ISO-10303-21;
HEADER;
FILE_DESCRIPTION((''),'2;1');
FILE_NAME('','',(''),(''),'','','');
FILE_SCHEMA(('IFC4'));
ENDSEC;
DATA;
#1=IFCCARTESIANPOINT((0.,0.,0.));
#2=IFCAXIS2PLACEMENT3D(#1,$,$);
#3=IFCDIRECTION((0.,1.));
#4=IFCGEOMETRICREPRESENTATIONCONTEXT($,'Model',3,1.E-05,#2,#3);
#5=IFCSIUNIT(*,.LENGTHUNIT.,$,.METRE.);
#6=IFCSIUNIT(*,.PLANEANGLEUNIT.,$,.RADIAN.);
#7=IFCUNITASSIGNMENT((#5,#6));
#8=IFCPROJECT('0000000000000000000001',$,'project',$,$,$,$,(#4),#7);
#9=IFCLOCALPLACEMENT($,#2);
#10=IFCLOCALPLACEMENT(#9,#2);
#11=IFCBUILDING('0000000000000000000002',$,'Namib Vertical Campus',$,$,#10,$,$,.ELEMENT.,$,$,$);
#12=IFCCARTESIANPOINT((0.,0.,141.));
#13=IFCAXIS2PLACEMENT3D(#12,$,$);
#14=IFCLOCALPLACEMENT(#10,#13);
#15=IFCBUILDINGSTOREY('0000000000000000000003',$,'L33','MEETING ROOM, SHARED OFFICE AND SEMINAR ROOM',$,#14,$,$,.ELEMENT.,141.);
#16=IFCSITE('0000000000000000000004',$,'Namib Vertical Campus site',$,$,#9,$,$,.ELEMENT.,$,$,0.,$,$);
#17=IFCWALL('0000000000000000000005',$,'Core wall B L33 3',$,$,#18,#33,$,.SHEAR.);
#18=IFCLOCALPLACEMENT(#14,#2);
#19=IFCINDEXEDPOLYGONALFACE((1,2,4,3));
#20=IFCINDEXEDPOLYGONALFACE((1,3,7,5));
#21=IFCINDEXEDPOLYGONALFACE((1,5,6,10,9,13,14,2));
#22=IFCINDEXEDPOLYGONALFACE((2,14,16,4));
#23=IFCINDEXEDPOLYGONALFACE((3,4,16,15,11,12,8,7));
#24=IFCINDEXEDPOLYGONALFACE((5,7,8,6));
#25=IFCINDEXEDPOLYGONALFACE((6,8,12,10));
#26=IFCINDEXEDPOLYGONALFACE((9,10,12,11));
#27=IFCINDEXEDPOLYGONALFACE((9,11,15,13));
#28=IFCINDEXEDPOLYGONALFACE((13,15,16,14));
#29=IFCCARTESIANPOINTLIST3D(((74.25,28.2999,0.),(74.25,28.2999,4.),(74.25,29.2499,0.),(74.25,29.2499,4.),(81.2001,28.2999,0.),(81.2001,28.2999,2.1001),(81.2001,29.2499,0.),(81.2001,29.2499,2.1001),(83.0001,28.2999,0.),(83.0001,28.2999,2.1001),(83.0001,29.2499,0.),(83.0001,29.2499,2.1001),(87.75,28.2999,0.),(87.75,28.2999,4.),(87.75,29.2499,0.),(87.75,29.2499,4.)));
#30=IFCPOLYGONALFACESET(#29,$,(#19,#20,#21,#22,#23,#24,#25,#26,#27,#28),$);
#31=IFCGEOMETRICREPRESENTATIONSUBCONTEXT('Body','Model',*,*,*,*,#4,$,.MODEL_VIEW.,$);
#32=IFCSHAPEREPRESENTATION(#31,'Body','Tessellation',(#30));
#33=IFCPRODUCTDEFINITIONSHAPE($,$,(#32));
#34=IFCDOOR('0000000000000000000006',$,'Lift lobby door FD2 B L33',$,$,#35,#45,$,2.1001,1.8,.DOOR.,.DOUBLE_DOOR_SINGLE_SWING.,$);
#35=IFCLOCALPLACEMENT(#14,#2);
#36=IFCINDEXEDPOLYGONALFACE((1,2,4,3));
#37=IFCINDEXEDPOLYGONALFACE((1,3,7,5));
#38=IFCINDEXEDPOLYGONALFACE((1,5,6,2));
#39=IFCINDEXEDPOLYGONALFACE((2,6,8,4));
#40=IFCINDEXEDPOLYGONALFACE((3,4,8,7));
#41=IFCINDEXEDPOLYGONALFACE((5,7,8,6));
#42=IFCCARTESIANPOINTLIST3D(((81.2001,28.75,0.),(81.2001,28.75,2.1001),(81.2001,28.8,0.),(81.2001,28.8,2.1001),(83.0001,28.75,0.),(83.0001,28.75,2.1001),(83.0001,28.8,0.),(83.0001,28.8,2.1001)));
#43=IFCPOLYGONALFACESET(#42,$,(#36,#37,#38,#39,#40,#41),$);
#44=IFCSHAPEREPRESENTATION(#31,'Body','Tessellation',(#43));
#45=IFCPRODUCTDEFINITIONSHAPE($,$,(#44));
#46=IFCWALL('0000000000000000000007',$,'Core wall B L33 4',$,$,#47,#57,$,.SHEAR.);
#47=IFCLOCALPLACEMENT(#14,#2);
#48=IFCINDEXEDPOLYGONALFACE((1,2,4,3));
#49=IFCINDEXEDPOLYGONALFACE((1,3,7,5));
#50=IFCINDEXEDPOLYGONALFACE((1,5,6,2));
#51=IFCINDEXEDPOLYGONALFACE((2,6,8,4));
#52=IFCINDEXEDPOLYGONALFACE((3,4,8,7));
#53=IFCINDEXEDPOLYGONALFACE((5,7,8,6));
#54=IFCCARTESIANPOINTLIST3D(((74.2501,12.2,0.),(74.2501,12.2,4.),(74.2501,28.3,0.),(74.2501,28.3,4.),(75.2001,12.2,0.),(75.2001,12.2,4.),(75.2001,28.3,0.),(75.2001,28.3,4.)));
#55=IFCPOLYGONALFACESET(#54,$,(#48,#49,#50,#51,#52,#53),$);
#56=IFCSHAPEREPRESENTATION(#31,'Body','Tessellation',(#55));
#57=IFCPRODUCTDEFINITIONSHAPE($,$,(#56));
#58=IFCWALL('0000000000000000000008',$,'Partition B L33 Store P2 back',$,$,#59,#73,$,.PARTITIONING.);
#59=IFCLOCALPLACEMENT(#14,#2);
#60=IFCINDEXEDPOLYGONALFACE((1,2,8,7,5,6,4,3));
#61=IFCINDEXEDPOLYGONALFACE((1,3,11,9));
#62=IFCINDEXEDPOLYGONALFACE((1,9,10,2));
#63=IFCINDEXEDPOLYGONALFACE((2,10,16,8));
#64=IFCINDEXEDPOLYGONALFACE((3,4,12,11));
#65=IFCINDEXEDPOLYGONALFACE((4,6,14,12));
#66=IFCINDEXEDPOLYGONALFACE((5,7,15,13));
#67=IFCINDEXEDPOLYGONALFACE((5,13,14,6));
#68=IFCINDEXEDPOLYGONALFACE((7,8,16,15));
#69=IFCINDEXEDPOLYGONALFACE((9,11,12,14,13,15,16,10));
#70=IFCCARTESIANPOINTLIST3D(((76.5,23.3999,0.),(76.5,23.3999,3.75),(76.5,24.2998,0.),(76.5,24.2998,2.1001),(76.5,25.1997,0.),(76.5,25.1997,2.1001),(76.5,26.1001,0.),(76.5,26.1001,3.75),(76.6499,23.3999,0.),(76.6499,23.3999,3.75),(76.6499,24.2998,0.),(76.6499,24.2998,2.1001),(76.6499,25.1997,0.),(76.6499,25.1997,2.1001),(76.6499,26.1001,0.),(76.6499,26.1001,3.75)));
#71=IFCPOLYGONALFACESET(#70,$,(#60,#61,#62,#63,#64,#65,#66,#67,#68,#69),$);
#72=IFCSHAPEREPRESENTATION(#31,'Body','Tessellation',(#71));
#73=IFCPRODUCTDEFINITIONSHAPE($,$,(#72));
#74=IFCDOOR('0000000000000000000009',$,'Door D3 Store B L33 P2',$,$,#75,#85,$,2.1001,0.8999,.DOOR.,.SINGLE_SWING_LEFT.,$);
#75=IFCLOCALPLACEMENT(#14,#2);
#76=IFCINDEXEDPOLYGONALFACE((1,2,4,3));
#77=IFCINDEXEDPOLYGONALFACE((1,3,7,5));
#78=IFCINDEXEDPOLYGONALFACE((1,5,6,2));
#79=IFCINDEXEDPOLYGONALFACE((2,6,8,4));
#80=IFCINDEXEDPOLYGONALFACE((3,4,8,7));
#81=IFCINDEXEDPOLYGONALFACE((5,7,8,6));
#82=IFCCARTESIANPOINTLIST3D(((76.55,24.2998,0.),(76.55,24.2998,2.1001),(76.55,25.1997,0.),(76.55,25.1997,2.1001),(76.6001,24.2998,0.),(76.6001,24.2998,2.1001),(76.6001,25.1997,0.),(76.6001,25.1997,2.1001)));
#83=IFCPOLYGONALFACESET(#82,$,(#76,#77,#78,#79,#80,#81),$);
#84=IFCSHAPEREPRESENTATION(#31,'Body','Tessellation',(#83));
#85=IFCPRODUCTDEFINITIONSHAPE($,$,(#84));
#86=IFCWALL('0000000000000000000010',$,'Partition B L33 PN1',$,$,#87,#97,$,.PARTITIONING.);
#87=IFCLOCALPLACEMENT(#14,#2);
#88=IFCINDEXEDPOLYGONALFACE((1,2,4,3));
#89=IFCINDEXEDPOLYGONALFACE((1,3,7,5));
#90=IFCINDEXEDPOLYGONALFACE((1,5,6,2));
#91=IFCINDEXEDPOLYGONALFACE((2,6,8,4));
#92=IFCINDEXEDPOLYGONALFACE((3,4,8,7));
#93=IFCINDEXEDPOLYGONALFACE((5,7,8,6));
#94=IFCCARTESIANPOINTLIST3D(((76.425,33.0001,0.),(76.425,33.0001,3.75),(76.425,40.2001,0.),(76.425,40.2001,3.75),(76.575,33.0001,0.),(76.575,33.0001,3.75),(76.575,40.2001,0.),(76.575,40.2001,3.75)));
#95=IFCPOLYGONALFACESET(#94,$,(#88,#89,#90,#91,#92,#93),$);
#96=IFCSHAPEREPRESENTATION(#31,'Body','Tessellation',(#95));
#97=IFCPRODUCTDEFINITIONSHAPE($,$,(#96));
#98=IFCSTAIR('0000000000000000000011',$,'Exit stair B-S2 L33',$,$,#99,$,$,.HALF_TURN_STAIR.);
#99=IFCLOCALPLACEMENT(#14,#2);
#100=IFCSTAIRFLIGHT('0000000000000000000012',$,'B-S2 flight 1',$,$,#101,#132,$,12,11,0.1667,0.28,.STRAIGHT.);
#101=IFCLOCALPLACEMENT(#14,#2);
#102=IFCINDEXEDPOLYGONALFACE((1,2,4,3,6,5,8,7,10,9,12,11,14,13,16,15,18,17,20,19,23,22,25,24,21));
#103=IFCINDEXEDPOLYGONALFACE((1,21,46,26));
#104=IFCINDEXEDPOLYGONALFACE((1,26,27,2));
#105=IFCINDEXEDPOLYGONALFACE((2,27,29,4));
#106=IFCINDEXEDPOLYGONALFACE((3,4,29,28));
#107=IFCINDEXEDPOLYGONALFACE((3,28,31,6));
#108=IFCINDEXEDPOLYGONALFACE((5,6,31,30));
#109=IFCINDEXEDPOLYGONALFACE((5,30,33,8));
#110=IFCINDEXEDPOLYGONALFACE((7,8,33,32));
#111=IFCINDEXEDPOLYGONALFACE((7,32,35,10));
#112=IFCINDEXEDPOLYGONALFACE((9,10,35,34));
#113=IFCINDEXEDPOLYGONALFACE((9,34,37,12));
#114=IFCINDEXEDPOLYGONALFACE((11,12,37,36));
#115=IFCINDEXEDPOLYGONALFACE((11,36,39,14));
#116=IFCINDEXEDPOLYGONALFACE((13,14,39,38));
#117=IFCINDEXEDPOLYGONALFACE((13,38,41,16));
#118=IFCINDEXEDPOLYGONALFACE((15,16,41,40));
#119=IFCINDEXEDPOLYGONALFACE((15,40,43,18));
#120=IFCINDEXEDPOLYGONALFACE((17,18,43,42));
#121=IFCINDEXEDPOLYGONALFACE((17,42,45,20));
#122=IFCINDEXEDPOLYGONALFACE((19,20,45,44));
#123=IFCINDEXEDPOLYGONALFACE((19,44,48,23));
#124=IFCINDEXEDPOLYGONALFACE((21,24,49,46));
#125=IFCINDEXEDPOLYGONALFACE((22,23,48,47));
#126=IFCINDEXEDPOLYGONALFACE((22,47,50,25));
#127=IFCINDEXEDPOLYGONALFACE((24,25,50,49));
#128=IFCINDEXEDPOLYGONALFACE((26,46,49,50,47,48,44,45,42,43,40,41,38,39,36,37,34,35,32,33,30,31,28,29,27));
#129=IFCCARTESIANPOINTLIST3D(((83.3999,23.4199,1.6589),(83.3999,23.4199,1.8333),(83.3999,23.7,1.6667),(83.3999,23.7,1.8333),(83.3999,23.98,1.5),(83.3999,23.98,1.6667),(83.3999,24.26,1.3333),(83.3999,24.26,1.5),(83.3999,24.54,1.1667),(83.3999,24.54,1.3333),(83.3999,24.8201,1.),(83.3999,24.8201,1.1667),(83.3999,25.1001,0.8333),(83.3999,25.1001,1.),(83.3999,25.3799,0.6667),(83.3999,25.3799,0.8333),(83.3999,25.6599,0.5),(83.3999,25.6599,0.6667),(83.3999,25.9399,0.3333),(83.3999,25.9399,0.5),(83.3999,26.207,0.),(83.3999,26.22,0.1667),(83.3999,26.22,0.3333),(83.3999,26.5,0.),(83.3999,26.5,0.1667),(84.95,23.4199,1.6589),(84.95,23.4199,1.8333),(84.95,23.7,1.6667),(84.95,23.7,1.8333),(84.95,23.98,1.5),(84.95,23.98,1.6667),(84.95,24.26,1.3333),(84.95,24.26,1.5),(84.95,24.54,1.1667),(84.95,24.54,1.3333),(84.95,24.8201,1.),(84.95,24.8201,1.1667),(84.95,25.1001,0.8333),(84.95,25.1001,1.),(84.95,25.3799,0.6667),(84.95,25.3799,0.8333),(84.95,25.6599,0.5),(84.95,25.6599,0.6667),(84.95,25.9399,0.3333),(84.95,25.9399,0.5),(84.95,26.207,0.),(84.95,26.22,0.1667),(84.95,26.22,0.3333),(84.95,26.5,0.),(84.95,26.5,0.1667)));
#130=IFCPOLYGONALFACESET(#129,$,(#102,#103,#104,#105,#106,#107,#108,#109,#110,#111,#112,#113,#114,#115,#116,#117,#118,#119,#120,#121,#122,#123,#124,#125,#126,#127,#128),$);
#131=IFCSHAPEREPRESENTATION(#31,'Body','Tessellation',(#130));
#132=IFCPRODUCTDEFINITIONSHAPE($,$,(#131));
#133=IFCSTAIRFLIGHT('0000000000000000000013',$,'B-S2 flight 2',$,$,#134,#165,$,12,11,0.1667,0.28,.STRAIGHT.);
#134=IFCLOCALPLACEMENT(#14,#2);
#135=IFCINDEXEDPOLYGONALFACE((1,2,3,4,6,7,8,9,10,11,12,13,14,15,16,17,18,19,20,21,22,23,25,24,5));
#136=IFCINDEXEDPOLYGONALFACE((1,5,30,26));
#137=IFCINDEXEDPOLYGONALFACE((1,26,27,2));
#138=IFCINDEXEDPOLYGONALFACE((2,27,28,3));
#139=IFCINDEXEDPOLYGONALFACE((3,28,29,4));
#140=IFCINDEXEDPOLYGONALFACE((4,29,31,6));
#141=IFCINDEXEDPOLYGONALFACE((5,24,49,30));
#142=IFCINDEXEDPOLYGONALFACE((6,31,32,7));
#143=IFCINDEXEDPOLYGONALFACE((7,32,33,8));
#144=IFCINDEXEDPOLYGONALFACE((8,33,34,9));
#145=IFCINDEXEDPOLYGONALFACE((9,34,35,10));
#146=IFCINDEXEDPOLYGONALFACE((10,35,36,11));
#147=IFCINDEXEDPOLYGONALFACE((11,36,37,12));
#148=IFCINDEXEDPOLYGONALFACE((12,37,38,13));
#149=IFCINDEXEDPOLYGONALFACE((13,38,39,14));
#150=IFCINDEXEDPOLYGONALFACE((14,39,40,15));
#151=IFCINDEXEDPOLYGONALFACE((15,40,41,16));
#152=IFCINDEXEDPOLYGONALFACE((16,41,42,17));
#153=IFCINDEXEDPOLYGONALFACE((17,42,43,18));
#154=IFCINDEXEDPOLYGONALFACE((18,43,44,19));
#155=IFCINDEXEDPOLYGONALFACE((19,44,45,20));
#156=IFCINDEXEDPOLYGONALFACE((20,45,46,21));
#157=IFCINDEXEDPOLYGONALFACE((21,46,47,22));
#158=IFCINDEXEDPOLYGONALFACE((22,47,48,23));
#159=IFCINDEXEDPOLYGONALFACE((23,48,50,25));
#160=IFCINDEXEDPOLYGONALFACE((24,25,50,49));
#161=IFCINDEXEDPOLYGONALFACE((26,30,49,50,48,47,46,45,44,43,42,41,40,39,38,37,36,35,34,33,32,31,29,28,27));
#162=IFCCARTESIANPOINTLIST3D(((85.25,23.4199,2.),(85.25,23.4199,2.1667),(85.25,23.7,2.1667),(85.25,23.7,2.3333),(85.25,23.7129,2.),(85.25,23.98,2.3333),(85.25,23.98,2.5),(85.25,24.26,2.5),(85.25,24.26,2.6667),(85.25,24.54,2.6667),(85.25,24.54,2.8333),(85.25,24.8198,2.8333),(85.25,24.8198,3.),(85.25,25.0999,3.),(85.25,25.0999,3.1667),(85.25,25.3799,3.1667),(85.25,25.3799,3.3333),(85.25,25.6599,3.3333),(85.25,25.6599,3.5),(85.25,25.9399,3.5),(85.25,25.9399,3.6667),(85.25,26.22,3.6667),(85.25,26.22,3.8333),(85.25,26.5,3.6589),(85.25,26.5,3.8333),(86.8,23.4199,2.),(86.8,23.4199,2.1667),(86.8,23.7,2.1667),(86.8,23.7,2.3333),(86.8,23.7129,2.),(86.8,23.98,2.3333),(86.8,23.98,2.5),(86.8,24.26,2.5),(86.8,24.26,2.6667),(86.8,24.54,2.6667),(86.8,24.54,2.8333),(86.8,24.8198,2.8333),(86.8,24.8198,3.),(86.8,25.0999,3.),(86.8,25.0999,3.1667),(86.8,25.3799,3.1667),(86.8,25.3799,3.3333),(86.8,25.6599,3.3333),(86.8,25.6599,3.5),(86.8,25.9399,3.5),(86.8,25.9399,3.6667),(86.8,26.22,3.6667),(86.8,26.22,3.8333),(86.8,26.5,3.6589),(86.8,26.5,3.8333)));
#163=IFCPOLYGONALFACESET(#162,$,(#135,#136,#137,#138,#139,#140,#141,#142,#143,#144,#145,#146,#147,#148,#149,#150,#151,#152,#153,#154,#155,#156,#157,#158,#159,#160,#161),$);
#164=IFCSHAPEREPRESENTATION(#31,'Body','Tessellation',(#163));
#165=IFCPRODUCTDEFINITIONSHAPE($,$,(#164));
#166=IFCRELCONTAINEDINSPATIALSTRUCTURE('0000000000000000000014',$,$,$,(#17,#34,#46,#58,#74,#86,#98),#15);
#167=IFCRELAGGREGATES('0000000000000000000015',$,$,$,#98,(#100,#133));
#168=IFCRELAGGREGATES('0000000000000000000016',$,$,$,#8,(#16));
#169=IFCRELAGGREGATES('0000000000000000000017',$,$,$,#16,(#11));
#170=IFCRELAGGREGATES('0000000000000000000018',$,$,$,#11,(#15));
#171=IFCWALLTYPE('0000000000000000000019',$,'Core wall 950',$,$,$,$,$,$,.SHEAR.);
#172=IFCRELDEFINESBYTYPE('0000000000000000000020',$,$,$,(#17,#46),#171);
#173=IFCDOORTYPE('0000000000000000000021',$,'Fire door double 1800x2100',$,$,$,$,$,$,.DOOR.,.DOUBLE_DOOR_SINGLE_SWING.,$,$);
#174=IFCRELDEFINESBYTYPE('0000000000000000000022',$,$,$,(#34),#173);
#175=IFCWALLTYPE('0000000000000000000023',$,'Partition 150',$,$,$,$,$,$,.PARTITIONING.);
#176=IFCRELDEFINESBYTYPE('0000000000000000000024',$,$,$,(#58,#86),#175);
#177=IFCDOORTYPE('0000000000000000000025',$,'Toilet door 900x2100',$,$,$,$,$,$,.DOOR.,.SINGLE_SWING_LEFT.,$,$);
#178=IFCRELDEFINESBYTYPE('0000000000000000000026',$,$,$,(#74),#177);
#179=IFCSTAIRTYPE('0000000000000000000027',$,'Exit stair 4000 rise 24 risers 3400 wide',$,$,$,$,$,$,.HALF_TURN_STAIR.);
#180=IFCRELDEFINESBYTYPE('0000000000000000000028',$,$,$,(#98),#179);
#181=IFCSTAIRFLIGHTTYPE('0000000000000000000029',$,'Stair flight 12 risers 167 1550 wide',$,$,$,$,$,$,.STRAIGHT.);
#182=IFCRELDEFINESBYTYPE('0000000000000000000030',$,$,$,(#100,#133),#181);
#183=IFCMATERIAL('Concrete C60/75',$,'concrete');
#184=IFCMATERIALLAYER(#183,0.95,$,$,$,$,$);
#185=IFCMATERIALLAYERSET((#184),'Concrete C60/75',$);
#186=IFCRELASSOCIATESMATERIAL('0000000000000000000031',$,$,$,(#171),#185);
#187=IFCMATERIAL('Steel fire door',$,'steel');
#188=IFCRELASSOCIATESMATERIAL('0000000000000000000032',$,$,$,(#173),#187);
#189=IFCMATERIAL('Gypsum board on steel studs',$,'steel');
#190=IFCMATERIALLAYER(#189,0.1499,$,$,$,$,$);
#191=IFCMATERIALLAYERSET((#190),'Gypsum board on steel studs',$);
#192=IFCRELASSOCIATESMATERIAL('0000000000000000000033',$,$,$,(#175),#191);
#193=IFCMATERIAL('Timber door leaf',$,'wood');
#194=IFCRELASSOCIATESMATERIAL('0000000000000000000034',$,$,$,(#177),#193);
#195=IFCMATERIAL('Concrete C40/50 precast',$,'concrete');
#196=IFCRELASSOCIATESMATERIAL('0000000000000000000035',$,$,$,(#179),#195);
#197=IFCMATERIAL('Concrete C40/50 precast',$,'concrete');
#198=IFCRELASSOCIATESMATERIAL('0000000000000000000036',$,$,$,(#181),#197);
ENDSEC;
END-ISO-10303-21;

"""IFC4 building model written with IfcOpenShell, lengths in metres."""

from ifc_helpers import new_model, si_unit, direction, frame, frame_2d, origin, place, context, subcontext, project, spatial, polyline, rectangle, outline, extrude, material, layer, layer_set, type_object, element, fill, aggregate, save


model = new_model("IFC4")

# Units and contexts
model_context = context("Model", 3, precision=1e-05, world=origin(), true_north=direction((0.0, 1.0)))
body_context = subcontext(model_context, "Body", "Model", "MODEL_VIEW")
ifc_project = project(units=[si_unit("LENGTHUNIT", "METRE"), si_unit("PLANEANGLEUNIT", "RADIAN")], contexts=[model_context])

# Site, building, storey
site_placement = place(None, origin())
site = spatial("IfcSite", under=ifc_project, at=site_placement, Name="Namib Vertical Campus site", CompositionType="ELEMENT", RefElevation=0.0)
building_placement = place(site_placement, origin())
building = spatial("IfcBuilding", under=site, at=building_placement, Name="Namib Vertical Campus", CompositionType="ELEMENT")
storey_placement = place(building_placement, frame((0.0, 0.0, 141.0)))
storey = spatial("IfcBuildingStorey", under=building, at=storey_placement, Name="L33", Description="MEETING ROOM, SHARED OFFICE AND SEMINAR ROOM", CompositionType="ELEMENT", Elevation=141.0)

# Wall, opening, door
ifc_material_1 = material(Name="Concrete C60/75", Category="concrete")
ifc_layer_1 = layer(ifc_material_1, 0.95)
ifc_layer_set_1 = layer_set([ifc_layer_1], Name="Concrete C60/75")
wall_type_1 = type_object("IfcWallType", Name="Core wall 950", PredefinedType="SHEAR", material=ifc_layer_set_1)
wall_1_placement = place(storey_placement, frame((87.75, 28.7749, 0.0), z_axis=(0.0, 0.0, 1.0), x_axis=(-1.0, 0.0, 0.0)))
wall_1 = element("IfcWall", 1, at=wall_1_placement, inside=storey, type_object=wall_type_1, Name="Core wall B L33 3", PredefinedType="SHEAR", context=body_context, shape_type="SweptSolid", body=[
    extrude(rectangle(XDim=13.5, YDim=0.95, at=frame_2d((6.75, 0.0))), origin(), (0.0, 0.0, 1.0), 4.0),
])
opening_1_placement = place(wall_1_placement, frame((4.75, 0.0, 0.0)))
opening_1 = element("IfcOpeningElement", 2, at=opening_1_placement, cuts=wall_1, PredefinedType="OPENING", context=body_context, shape_type="SweptSolid", body=[
    extrude(rectangle(XDim=1.8, YDim=2.1001, at=frame_2d((0.8999, 1.05))), frame((0.0, 0.4849, 0.0), z_axis=(0.0, -1.0, 0.0), x_axis=(1.0, 0.0, 0.0)), (0.0, 0.0, 1.0), 0.97),
])
ifc_material_2 = material(Name="Steel fire door", Category="steel")
door_type_1 = type_object("IfcDoorType", Name="Fire door double 1800x2100", OperationType="DOUBLE_DOOR_SINGLE_SWING", PredefinedType="DOOR", material=ifc_material_2)
door_1_placement = place(opening_1_placement, origin())
door_1 = element("IfcDoor", 3, at=door_1_placement, inside=storey, type_object=door_type_1, Name="Lift lobby door FD2 B L33", OperationType="DOUBLE_DOOR_SINGLE_SWING", OverallHeight=2.1001, OverallWidth=1.8, PredefinedType="DOOR", context=body_context, shape_type="SweptSolid", body=[
    extrude(rectangle(XDim=1.8, YDim=2.1001, at=frame_2d((0.8999, 1.05))), frame((0.0, 0.0249, 0.0), z_axis=(0.0, -1.0, 0.0), x_axis=(1.0, 0.0, 0.0)), (0.0, 0.0, 1.0), 0.05),
])
fill(opening_1, door_1)

# Wall
wall_2_placement = place(storey_placement, frame((74.7251, 28.3, 0.0), z_axis=(0.0, 0.0, 1.0), x_axis=(0.0, -1.0, 0.0)))
element("IfcWall", 4, at=wall_2_placement, inside=storey, type_object=wall_type_1, Name="Core wall B L33 4", PredefinedType="SHEAR", context=body_context, shape_type="SweptSolid", body=[
    extrude(rectangle(XDim=16.1001, YDim=0.95, at=frame_2d((8.05, 0.0))), origin(), (0.0, 0.0, 1.0), 4.0),
])

# Wall, opening, door
ifc_material_3 = material(Name="Gypsum board on steel studs", Category="steel")
ifc_layer_2 = layer(ifc_material_3, 0.1499)
ifc_layer_set_2 = layer_set([ifc_layer_2], Name="Gypsum board on steel studs")
wall_type_2 = type_object("IfcWallType", Name="Partition 150", PredefinedType="PARTITIONING", material=ifc_layer_set_2)
wall_3_placement = place(storey_placement, frame((76.575, 23.3999, 0.0), z_axis=(0.0, 0.0, 1.0), x_axis=(0.0, 1.0, 0.0)))
wall_3 = element("IfcWall", 5, at=wall_3_placement, inside=storey, type_object=wall_type_2, Name="Partition B L33 Store P2 back", PredefinedType="PARTITIONING", context=body_context, shape_type="SweptSolid", body=[
    extrude(rectangle(XDim=2.7002, YDim=0.1499, at=frame_2d((1.3501, 0.0))), origin(), (0.0, 0.0, 1.0), 3.75),
])
opening_2_placement = place(wall_3_placement, frame((0.8999, 0.0, 0.0)))
opening_2 = element("IfcOpeningElement", 6, at=opening_2_placement, cuts=wall_3, PredefinedType="OPENING", context=body_context, shape_type="SweptSolid", body=[
    extrude(rectangle(XDim=0.8999, YDim=2.1001, at=frame_2d((0.45, 1.05))), frame((0.0, 0.085, 0.0), z_axis=(0.0, -1.0, 0.0), x_axis=(1.0, 0.0, 0.0)), (0.0, 0.0, 1.0), 0.1699),
])
ifc_material_4 = material(Name="Timber door leaf", Category="wood")
door_type_2 = type_object("IfcDoorType", Name="Toilet door 900x2100", OperationType="SINGLE_SWING_LEFT", PredefinedType="DOOR", material=ifc_material_4)
door_2_placement = place(opening_2_placement, origin())
door_2 = element("IfcDoor", 7, at=door_2_placement, inside=storey, type_object=door_type_2, Name="Door D3 Store B L33 P2", OperationType="SINGLE_SWING_LEFT", OverallHeight=2.1001, OverallWidth=0.8999, PredefinedType="DOOR", context=body_context, shape_type="SweptSolid", body=[
    extrude(rectangle(XDim=0.8999, YDim=2.1001, at=frame_2d((0.45, 1.05))), frame((0.0, 0.0249, 0.0), z_axis=(0.0, -1.0, 0.0), x_axis=(1.0, 0.0, 0.0)), (0.0, 0.0, 1.0), 0.05),
])
fill(opening_2, door_2)

# Wall
wall_4_placement = place(storey_placement, frame((76.5, 33.0, 0.0), z_axis=(0.0, 0.0, 1.0), x_axis=(0.0, 1.0, 0.0)))
element("IfcWall", 8, at=wall_4_placement, inside=storey, type_object=wall_type_2, Name="Partition B L33 PN1", PredefinedType="PARTITIONING", context=body_context, shape_type="SweptSolid", body=[
    extrude(rectangle(XDim=7.2, YDim=0.1499, at=frame_2d((3.6001, 0.0))), origin(), (0.0, 0.0, 1.0), 3.75),
])

# Stair, stair flights
ifc_material_5 = material(Name="Concrete C40/50 precast", Category="concrete")
stair_type = type_object("IfcStairType", Name="Exit stair 4000 rise 24 risers 3400 wide", PredefinedType="HALF_TURN_STAIR", material=ifc_material_5)
stair_placement = place(storey_placement, origin())
stair = element("IfcStair", 9, at=stair_placement, inside=storey, type_object=stair_type, Name="Exit stair B-S2 L33", PredefinedType="HALF_TURN_STAIR")
ifc_material_6 = material(Name="Concrete C40/50 precast", Category="concrete")
stair_flight_type = type_object("IfcStairFlightType", Name="Stair flight 12 risers 167 1550 wide", PredefinedType="STRAIGHT", material=ifc_material_6)
stair_flight_1_placement = place(storey_placement, frame((84.175, 26.5, 0.0), z_axis=(0.0, 0.0, 1.0), x_axis=(0.0, -1.0, 0.0)))
stair_flight_1 = element("IfcStairFlight", 10, at=stair_flight_1_placement, type_object=stair_flight_type, Name="B-S2 flight 1", NumberOfRisers=12, NumberOfTreads=11, PredefinedType="STRAIGHT", RiserHeight=0.1667, TreadLength=0.28, context=body_context, shape_type="SweptSolid", body=[
    extrude(outline(polyline([(0.0, 0.0), (0.0, 0.1667), (0.28, 0.1667), (0.28, 0.3333), (0.5601, 0.3333), (0.5601, 0.5), (0.8401, 0.5), (0.8401, 0.6667), (1.1201, 0.6667), (1.1201, 0.8333), (1.3999, 0.8333), (1.3999, 1.0), (1.6799, 1.0), (1.6799, 1.1667), (1.96, 1.1667), (1.96, 1.3333), (2.24, 1.3333), (2.24, 1.5), (2.52, 1.5), (2.52, 1.6667), (2.8, 1.6667), (2.8, 1.8333), (3.0801, 1.8333), (3.0801, 2.0), (3.0801, 1.6589), (0.293, 0.0), (0.0, 0.0)])), frame((0.0, 0.7749, 0.0), z_axis=(0.0, -1.0, 0.0), x_axis=(1.0, 0.0, 0.0)), (0.0, 0.0, 1.0), 1.55),
])
stair_flight_2_placement = place(storey_placement, frame((86.0249, 23.4199, 2.0), z_axis=(0.0, 0.0, 1.0), x_axis=(0.0, 1.0, 0.0)))
stair_flight_2 = element("IfcStairFlight", 11, at=stair_flight_2_placement, type_object=stair_flight_type, Name="B-S2 flight 2", NumberOfRisers=12, NumberOfTreads=11, PredefinedType="STRAIGHT", RiserHeight=0.1667, TreadLength=0.28, context=body_context, shape_type="SweptSolid", body=[
    extrude(outline(polyline([(0.0, 0.0), (0.0, 0.1667), (0.28, 0.1667), (0.28, 0.3333), (0.5601, 0.3333), (0.5601, 0.5), (0.8401, 0.5), (0.8401, 0.6667), (1.1201, 0.6667), (1.1201, 0.8333), (1.3999, 0.8333), (1.3999, 1.0), (1.6799, 1.0), (1.6799, 1.1667), (1.96, 1.1667), (1.96, 1.3333), (2.24, 1.3333), (2.24, 1.5), (2.52, 1.5), (2.52, 1.6667), (2.8, 1.6667), (2.8, 1.8333), (3.0801, 1.8333), (3.0801, 2.0), (3.0801, 1.6589), (0.293, 0.0), (0.0, 0.0)])), frame((0.0, 0.7749, 0.0), z_axis=(0.0, -1.0, 0.0), x_axis=(1.0, 0.0, 0.0)), (0.0, 0.0, 1.0), 1.55),
])
aggregate(stair, [stair_flight_1, stair_flight_2])

save(model, "model.ifc")
